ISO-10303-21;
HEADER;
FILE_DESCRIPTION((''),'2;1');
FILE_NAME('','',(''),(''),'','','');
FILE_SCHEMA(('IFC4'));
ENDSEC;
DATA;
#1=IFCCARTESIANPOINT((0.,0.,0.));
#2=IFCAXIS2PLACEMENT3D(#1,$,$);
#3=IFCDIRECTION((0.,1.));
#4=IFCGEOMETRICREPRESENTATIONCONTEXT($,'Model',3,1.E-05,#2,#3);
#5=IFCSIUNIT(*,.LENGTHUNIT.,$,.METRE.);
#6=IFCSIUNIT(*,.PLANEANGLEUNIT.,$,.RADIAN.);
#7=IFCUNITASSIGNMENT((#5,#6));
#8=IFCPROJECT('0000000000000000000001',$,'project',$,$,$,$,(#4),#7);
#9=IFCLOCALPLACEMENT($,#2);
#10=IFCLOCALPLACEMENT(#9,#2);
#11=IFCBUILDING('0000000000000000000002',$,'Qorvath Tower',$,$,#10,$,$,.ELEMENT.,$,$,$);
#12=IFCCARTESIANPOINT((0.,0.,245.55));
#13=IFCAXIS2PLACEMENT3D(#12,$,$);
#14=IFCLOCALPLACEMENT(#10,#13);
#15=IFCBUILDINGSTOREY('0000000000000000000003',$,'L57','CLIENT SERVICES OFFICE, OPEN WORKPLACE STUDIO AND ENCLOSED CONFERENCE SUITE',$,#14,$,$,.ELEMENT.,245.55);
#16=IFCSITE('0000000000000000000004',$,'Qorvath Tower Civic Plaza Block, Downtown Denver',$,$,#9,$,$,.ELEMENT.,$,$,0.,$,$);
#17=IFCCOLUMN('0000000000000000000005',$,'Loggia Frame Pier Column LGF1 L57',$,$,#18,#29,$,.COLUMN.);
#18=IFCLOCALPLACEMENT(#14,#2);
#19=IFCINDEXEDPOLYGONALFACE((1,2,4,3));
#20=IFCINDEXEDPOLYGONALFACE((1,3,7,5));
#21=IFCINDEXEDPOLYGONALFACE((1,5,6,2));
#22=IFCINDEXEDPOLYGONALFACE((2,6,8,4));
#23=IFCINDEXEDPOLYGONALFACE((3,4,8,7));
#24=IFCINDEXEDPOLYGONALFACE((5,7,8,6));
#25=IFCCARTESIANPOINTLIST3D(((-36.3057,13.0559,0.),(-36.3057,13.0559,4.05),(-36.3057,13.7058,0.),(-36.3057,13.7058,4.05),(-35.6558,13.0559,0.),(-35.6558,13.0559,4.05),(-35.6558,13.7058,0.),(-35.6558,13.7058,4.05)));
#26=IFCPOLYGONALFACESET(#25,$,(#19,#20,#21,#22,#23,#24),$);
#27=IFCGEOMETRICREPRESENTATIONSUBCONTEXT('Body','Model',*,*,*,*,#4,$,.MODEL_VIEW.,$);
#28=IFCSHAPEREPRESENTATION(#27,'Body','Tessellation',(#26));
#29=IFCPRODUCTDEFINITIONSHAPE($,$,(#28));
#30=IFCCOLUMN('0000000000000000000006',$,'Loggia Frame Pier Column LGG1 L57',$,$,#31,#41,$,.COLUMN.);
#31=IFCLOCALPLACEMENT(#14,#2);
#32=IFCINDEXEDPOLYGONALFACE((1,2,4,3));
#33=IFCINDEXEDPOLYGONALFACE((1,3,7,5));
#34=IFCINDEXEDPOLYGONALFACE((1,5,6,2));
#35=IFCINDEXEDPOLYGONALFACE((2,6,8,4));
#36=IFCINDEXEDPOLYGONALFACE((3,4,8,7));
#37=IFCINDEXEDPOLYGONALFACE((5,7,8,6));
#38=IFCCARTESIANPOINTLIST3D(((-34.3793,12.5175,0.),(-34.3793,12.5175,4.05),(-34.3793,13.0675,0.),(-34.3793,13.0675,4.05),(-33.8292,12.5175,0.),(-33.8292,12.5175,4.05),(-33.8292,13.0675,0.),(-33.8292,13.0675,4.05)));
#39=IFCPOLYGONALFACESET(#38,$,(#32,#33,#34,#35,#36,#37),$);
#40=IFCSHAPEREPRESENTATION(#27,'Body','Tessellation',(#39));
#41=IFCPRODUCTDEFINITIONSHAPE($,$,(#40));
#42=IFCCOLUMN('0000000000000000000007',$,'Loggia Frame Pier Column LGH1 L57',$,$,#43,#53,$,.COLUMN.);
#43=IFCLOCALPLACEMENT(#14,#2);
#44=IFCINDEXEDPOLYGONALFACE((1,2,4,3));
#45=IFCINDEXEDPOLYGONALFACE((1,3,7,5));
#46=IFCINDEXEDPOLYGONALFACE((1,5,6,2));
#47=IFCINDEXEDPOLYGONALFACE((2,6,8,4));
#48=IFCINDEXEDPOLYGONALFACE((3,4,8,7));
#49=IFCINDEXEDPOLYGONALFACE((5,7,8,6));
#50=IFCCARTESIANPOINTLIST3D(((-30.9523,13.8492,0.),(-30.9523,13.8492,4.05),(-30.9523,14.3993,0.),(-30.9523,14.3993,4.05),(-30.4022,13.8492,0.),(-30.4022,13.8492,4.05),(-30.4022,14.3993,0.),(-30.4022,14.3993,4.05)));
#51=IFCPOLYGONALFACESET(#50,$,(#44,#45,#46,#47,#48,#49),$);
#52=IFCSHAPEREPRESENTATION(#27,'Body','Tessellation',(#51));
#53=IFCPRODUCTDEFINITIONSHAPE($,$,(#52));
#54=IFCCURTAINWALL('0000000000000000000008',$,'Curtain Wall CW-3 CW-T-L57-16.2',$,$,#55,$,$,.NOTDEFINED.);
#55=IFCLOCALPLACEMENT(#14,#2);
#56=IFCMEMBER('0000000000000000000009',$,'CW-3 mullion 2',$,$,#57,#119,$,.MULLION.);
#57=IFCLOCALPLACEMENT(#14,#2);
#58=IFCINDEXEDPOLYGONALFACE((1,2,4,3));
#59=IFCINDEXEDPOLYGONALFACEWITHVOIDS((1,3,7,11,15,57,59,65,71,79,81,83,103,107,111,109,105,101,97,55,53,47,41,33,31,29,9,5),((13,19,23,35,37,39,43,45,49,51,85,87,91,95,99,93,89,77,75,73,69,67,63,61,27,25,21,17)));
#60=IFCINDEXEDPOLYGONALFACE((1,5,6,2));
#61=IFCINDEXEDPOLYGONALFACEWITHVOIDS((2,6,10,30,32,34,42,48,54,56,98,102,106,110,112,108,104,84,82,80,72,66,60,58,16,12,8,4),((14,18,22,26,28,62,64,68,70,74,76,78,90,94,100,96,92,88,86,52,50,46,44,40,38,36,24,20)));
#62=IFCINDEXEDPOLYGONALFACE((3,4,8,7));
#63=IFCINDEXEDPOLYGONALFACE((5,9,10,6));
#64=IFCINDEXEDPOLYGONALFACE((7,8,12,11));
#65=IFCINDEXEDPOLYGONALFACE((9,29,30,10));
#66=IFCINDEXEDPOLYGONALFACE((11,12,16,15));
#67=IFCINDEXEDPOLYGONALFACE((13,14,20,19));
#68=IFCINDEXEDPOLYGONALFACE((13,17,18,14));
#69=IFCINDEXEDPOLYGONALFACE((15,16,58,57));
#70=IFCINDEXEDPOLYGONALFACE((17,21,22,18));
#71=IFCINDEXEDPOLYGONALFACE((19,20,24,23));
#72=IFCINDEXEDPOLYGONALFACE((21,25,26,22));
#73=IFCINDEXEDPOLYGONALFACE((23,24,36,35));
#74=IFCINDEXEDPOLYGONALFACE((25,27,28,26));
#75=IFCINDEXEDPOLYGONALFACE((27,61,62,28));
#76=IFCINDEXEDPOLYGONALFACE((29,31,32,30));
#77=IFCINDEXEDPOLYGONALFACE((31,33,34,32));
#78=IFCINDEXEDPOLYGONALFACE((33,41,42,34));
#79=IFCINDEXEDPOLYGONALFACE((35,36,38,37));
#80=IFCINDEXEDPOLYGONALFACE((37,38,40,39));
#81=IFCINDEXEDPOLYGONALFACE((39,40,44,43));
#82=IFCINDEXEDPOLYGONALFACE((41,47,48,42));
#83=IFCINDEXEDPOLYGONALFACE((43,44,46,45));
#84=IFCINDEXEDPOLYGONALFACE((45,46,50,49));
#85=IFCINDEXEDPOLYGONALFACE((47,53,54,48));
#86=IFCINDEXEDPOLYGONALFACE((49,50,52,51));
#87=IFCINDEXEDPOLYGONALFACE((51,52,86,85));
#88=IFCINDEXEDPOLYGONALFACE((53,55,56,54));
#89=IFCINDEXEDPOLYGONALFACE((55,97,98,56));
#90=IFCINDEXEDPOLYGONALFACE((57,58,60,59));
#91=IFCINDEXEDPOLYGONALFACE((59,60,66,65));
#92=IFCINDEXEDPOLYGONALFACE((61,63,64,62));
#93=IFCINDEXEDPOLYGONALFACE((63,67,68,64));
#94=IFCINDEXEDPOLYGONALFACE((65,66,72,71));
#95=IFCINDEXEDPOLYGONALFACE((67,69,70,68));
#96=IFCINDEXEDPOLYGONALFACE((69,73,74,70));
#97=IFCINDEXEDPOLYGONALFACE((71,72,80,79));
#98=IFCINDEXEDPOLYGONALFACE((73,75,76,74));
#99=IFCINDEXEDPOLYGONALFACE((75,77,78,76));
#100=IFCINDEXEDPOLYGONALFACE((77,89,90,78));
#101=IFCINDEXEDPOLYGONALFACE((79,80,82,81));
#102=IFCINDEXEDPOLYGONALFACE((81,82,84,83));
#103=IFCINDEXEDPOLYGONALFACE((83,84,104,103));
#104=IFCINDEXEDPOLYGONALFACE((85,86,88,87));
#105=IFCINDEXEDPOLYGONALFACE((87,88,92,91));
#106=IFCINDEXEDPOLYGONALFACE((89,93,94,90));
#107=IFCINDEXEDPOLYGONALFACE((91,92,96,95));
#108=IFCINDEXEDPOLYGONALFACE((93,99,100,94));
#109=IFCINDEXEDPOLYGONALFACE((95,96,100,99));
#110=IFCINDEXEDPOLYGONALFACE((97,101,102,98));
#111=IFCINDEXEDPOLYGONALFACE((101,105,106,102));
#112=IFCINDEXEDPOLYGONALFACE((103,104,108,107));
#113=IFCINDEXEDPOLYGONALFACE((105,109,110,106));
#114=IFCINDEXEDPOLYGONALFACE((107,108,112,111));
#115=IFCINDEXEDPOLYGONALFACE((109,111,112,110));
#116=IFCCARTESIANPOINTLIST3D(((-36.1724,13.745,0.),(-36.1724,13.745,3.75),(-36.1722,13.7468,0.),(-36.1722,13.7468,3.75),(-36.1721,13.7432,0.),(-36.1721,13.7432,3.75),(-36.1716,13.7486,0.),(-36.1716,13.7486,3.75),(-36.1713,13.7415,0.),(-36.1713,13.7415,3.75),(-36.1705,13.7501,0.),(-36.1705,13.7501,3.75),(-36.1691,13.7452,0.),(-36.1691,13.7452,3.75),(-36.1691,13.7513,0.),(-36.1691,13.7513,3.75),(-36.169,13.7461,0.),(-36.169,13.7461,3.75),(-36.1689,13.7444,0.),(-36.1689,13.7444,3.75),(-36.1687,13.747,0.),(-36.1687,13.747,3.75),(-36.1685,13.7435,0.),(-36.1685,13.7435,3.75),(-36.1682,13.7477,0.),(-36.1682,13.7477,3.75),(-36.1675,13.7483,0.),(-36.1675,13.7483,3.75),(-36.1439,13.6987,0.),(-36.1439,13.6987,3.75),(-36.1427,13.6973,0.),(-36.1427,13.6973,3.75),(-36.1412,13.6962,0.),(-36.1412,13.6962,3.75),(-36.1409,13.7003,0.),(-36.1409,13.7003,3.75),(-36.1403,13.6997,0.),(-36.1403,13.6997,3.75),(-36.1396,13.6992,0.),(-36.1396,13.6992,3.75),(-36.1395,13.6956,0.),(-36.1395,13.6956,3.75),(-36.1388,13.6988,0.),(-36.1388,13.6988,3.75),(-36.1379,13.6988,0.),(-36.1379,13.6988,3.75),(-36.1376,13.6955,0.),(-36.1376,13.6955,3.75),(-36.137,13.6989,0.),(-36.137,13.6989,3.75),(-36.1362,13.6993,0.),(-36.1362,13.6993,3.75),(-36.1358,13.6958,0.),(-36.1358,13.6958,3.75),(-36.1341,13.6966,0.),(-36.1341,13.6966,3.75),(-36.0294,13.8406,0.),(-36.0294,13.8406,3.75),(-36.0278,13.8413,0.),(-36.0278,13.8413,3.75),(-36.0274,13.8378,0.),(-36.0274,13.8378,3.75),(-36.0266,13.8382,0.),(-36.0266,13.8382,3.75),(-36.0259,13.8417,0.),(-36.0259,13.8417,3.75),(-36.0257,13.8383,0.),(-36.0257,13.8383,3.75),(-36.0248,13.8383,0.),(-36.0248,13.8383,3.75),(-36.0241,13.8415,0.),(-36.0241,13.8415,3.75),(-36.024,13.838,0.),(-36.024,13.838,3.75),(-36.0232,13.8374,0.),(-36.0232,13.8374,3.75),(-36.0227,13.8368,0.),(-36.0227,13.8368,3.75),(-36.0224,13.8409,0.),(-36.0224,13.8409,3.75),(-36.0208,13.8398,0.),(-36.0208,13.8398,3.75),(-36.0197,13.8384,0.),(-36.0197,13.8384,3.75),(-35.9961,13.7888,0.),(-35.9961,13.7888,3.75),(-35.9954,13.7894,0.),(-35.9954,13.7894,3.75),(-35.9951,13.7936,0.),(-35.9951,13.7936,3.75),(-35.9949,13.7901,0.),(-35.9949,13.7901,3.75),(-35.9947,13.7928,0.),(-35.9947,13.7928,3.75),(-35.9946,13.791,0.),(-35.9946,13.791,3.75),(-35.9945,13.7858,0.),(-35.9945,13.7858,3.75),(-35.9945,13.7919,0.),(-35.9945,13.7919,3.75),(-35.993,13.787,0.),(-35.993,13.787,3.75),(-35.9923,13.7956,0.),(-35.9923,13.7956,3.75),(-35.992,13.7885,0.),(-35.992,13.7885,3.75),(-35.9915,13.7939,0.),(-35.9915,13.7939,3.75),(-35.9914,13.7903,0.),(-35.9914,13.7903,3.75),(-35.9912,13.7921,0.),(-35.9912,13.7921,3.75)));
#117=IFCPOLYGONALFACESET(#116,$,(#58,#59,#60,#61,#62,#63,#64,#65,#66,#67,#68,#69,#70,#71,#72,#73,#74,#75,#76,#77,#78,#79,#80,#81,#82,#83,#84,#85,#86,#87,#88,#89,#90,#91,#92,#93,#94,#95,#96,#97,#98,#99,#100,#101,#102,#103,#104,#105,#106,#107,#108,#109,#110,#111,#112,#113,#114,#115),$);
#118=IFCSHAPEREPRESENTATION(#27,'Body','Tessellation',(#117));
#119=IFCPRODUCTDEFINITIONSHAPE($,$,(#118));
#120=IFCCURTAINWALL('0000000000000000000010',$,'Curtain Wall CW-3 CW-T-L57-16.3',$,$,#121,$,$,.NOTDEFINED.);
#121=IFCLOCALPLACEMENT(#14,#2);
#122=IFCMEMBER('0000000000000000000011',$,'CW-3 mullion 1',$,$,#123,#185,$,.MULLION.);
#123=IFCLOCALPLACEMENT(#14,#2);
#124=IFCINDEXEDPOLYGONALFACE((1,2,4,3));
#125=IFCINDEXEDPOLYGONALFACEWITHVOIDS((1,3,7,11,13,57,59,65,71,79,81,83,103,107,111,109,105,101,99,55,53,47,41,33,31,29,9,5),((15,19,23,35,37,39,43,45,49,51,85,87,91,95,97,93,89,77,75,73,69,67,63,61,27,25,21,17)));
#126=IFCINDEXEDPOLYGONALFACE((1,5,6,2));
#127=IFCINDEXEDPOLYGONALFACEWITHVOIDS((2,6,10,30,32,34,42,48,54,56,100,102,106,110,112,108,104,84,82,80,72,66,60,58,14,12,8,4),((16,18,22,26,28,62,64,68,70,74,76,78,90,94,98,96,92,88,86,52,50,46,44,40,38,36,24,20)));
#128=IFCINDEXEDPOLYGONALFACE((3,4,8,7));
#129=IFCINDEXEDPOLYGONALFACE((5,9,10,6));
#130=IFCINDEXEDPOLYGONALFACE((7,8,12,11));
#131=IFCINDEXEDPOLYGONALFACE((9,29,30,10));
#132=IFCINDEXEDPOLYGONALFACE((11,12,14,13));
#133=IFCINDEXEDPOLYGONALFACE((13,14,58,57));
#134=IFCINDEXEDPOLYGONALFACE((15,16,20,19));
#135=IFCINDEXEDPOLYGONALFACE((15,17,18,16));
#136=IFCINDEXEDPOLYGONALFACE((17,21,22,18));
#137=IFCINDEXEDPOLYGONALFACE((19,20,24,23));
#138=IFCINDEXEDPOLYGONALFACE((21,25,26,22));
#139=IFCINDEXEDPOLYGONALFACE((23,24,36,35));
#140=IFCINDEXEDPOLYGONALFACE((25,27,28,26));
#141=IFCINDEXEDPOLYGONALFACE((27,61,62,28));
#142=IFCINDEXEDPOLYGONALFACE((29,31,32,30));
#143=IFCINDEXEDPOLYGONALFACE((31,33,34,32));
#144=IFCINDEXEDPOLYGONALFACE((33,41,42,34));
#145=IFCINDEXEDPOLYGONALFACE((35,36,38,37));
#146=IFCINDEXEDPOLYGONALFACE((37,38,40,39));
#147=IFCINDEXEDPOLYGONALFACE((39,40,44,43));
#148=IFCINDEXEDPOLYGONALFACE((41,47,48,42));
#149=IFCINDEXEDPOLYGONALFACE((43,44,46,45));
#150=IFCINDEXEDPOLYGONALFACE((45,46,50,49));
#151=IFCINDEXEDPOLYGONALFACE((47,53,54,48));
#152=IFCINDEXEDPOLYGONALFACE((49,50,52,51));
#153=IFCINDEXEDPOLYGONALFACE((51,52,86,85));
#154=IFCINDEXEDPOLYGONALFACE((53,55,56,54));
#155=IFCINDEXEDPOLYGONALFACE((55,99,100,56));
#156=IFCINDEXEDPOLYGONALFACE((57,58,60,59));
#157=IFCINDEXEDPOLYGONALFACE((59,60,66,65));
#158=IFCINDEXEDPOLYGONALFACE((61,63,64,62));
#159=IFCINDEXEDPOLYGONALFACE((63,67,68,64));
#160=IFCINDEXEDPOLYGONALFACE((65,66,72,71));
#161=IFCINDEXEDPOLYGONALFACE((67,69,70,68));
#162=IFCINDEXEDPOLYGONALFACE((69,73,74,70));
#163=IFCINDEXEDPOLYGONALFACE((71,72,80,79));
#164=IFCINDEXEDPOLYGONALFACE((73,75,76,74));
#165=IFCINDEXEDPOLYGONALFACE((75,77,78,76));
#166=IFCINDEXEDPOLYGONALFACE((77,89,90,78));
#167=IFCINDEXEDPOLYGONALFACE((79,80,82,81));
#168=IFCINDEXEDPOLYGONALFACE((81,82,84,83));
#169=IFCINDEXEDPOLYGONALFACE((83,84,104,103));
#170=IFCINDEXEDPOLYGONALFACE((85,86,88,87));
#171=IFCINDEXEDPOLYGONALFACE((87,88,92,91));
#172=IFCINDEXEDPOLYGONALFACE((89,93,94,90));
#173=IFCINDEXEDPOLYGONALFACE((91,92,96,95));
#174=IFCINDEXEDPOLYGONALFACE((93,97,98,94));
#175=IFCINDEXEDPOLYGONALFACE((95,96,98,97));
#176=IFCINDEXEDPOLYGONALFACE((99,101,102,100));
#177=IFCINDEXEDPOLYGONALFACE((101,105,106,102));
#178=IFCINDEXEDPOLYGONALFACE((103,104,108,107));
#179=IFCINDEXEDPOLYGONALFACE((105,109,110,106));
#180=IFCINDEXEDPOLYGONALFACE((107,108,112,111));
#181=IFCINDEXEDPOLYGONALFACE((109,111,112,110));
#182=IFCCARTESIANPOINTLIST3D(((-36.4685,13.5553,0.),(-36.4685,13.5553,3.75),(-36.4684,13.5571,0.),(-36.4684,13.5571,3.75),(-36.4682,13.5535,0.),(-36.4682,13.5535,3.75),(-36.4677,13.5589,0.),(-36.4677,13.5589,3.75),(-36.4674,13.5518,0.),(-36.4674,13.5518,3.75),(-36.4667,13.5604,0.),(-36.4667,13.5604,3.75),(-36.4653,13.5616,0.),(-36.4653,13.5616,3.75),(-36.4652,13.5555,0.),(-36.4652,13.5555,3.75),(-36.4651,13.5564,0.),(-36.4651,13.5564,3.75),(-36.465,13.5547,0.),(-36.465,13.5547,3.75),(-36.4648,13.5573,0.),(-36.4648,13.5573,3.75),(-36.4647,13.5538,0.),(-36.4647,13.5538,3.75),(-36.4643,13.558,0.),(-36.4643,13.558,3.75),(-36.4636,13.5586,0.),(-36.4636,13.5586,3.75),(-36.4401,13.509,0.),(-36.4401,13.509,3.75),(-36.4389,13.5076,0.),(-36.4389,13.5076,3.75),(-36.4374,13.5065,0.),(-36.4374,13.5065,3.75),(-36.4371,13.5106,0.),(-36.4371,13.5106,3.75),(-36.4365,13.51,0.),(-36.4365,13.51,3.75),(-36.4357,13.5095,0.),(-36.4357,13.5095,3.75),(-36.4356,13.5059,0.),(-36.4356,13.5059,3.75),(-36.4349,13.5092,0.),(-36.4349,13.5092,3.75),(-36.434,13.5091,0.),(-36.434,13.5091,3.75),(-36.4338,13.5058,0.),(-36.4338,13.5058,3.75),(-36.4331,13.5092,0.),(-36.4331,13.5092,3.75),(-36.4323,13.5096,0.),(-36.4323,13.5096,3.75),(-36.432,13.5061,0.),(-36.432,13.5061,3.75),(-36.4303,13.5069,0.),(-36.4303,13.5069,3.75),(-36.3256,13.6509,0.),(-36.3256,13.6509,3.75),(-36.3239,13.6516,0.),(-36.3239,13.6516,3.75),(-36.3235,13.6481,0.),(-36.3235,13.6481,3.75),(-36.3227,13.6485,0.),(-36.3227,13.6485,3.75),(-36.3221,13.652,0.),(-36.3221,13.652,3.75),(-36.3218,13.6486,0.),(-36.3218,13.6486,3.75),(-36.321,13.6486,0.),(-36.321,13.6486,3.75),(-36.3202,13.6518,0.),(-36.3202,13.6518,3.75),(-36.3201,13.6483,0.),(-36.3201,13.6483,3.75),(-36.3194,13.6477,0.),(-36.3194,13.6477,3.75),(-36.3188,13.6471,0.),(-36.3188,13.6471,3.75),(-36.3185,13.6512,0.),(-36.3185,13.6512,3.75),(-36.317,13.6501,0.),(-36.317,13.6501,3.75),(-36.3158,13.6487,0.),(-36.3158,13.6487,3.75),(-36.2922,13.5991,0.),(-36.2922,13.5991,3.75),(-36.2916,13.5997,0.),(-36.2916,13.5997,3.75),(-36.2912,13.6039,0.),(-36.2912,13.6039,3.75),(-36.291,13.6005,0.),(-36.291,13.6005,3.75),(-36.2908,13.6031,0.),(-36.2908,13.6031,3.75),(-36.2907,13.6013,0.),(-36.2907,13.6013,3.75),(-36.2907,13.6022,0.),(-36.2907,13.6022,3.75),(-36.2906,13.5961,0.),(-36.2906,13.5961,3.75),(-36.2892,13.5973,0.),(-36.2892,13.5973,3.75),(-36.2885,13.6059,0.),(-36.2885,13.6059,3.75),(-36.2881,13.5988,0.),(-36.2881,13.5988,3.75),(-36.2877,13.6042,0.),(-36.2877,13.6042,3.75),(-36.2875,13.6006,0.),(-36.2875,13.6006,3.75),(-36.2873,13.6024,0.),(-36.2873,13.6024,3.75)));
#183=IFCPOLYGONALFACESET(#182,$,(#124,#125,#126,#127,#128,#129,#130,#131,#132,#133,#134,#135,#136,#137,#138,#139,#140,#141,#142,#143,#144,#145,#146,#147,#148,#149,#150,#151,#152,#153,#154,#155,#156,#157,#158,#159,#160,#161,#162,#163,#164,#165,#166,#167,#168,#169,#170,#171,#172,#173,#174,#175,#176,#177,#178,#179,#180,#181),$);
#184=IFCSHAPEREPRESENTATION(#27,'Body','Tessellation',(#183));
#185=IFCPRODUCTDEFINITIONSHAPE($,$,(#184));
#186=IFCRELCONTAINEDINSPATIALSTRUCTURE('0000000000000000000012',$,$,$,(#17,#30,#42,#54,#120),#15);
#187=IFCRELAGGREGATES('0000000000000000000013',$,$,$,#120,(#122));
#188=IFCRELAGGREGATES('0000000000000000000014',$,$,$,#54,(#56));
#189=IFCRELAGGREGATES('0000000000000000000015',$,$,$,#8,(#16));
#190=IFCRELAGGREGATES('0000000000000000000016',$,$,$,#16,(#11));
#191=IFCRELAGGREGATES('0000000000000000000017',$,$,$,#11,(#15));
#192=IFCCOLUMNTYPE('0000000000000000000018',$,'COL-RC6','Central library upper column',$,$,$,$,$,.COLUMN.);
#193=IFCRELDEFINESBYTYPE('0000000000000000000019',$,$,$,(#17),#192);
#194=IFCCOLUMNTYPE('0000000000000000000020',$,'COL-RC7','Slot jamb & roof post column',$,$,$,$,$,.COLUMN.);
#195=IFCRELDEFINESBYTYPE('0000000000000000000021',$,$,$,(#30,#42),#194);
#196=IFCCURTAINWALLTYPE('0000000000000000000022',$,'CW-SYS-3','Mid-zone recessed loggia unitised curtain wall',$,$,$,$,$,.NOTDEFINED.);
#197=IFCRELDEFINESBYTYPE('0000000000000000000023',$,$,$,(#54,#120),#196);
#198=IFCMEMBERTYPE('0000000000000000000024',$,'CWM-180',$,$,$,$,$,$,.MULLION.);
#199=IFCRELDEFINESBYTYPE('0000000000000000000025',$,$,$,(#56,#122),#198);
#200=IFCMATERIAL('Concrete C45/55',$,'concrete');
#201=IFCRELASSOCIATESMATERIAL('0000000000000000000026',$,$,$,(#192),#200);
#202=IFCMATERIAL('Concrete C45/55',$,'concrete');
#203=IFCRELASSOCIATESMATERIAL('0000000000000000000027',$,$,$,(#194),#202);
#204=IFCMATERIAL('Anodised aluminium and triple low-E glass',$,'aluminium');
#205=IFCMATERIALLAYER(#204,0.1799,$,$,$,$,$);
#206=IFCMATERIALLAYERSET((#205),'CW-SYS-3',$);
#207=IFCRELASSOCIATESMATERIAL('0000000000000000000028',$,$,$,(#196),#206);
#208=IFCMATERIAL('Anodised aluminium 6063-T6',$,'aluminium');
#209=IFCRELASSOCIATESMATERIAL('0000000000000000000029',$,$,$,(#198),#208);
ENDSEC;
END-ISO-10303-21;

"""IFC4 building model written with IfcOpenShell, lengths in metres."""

from ifc_helpers import new_model, si_unit, direction, frame, origin, origin_2d, place, context, subcontext, project, spatial, rectangle, hollow_rectangle, extrude, material, layer, layer_set, material_profile, profile_set, type_object, element, aggregate, save


model = new_model("IFC4")

# Units and contexts
model_context = context("Model", 3, precision=1e-05, world=origin(), true_north=direction((0.0, 1.0)))
body_context = subcontext(model_context, "Body", "Model", "MODEL_VIEW")
ifc_project = project(units=[si_unit("LENGTHUNIT", "METRE"), si_unit("PLANEANGLEUNIT", "RADIAN")], contexts=[model_context])

# Site, building, storey
site_placement = place(None, origin())
site = spatial("IfcSite", under=ifc_project, at=site_placement, Name="Qorvath Tower Civic Plaza Block, Downtown Denver", CompositionType="ELEMENT", RefElevation=0.0)
building_placement = place(site_placement, origin())
building = spatial("IfcBuilding", under=site, at=building_placement, Name="Qorvath Tower", CompositionType="ELEMENT")
storey_placement = place(building_placement, frame((0.0, 0.0, 245.55)))
storey = spatial("IfcBuildingStorey", under=building, at=storey_placement, Name="L57", Description="CLIENT SERVICES OFFICE, OPEN WORKPLACE STUDIO AND ENCLOSED CONFERENCE SUITE", CompositionType="ELEMENT", Elevation=245.55)

# Columns
ifc_material_1 = material(Name="Concrete C45/55", Category="concrete")
ifc_material_profile_1 = material_profile(ifc_material_1, rectangle(XDim=0.6499, YDim=0.6499, at=origin_2d()), Name="RC 650x650")
ifc_profile_set_1 = profile_set([ifc_material_profile_1], Name="Concrete C45/55")
column_type_1 = type_object("IfcColumnType", Name="COL-RC6", Description="Central library upper column", PredefinedType="COLUMN", material=ifc_profile_set_1)
column_placement = place(storey_placement, frame((-35.9807, 13.3809, 0.0), z_axis=(0.0, 0.0, 1.0), x_axis=(1.0, 0.0, 0.0)))
element("IfcColumn", 1, at=column_placement, inside=storey, type_object=column_type_1, Name="Loggia Frame Pier Column LGF1 L57", PredefinedType="COLUMN", context=body_context, shape_type="SweptSolid", body=[
    extrude(rectangle(XDim=0.6499, YDim=0.6499, at=origin_2d()), origin(), (0.0, 0.0, 1.0), 4.05),
])
ifc_material_2 = material(Name="Concrete C45/55", Category="concrete")
ifc_material_profile_2 = material_profile(ifc_material_2, rectangle(XDim=0.55, YDim=0.55, at=origin_2d()), Name="RC 550x550")
ifc_profile_set_2 = profile_set([ifc_material_profile_2], Name="Concrete C45/55")
column_type_2 = type_object("IfcColumnType", Name="COL-RC7", Description="Slot jamb & roof post column", PredefinedType="COLUMN", material=ifc_profile_set_2)
for number, where, z_axis, x_axis, name in (
    (2, (-34.1042, 12.7925, 0.0), (0.0, 0.0, 1.0), (1.0, 0.0, 0.0), "Loggia Frame Pier Column LGG1 L57"),
    (3, (-30.6772, 14.1243, 0.0), (0.0, 0.0, 1.0), (1.0, 0.0, 0.0), "Loggia Frame Pier Column LGH1 L57"),
):
    element("IfcColumn", number, at=place(storey_placement, frame(where, z_axis=z_axis, x_axis=x_axis)), inside=storey, type_object=column_type_2, Name=name, PredefinedType="COLUMN", context=body_context, shape_type="SweptSolid", body=[
        extrude(rectangle(XDim=0.55, YDim=0.55, at=origin_2d()), origin(), (0.0, 0.0, 1.0), 4.05),
    ])

# Curtain walls, members
ifc_material_3 = material(Name="Anodised aluminium and triple low-E glass", Category="aluminium")
ifc_layer_1 = layer(ifc_material_3, 0.1799)
ifc_layer_set_1 = layer_set([ifc_layer_1], Name="CW-SYS-3")
curtain_wall_type = type_object("IfcCurtainWallType", Name="CW-SYS-3", Description="Mid-zone recessed loggia unitised curtain wall", PredefinedType="NOTDEFINED", material=ifc_layer_set_1)
curtain_wall_1_placement = place(storey_placement, origin())
curtain_wall_1 = element("IfcCurtainWall", 4, at=curtain_wall_1_placement, inside=storey, type_object=curtain_wall_type, Name="Curtain Wall CW-3 CW-T-L57-16.2", PredefinedType="NOTDEFINED")
ifc_material_4 = material(Name="Anodised aluminium 6063-T6", Category="aluminium")
ifc_material_profile_3 = material_profile(ifc_material_4, hollow_rectangle(XDim=0.0649, YDim=0.1799, WallThickness=0.0034, InnerFilletRadius=0.0034, OuterFilletRadius=0.0071, at=origin_2d()), Name="CWM 180x65")
ifc_profile_set_3 = profile_set([ifc_material_profile_3], Name="Anodised aluminium 6063-T6")
member_type_1 = type_object("IfcMemberType", Name="CWM-180", PredefinedType="MULLION", material=ifc_profile_set_3)
member_1_placement = place(storey_placement, frame((-36.0818, 13.7686, 0.0), z_axis=(0.0, 0.0, 1.0), x_axis=(0.53852, -0.842613, 0.0)))
member_1 = element("IfcMember", 5, at=member_1_placement, type_object=member_type_1, Name="CW-3 mullion 2", PredefinedType="MULLION", context=body_context, shape_type="SweptSolid", body=[
    extrude(hollow_rectangle(XDim=0.0649, YDim=0.1799, WallThickness=0.0034, InnerFilletRadius=0.0034, OuterFilletRadius=0.0071, at=origin_2d()), origin(), (0.0, 0.0, 1.0), 3.75),
])
curtain_wall_2_placement = place(storey_placement, origin())
curtain_wall_2 = element("IfcCurtainWall", 6, at=curtain_wall_2_placement, inside=storey, type_object=curtain_wall_type, Name="Curtain Wall CW-3 CW-T-L57-16.3", PredefinedType="NOTDEFINED")
member_2_placement = place(storey_placement, frame((-36.3779, 13.5789, 0.0), z_axis=(0.0, 0.0, 1.0), x_axis=(0.538527, -0.842608, 0.0)))
member_2 = element("IfcMember", 7, at=member_2_placement, type_object=member_type_1, Name="CW-3 mullion 1", PredefinedType="MULLION", context=body_context, shape_type="SweptSolid", body=[
    extrude(hollow_rectangle(XDim=0.0649, YDim=0.1799, WallThickness=0.0034, InnerFilletRadius=0.0034, OuterFilletRadius=0.0071, at=origin_2d()), origin(), (0.0, 0.0, 1.0), 3.75),
])

aggregate(curtain_wall_2, [member_2])

aggregate(curtain_wall_1, [member_1])

save(model, "model.ifc")
